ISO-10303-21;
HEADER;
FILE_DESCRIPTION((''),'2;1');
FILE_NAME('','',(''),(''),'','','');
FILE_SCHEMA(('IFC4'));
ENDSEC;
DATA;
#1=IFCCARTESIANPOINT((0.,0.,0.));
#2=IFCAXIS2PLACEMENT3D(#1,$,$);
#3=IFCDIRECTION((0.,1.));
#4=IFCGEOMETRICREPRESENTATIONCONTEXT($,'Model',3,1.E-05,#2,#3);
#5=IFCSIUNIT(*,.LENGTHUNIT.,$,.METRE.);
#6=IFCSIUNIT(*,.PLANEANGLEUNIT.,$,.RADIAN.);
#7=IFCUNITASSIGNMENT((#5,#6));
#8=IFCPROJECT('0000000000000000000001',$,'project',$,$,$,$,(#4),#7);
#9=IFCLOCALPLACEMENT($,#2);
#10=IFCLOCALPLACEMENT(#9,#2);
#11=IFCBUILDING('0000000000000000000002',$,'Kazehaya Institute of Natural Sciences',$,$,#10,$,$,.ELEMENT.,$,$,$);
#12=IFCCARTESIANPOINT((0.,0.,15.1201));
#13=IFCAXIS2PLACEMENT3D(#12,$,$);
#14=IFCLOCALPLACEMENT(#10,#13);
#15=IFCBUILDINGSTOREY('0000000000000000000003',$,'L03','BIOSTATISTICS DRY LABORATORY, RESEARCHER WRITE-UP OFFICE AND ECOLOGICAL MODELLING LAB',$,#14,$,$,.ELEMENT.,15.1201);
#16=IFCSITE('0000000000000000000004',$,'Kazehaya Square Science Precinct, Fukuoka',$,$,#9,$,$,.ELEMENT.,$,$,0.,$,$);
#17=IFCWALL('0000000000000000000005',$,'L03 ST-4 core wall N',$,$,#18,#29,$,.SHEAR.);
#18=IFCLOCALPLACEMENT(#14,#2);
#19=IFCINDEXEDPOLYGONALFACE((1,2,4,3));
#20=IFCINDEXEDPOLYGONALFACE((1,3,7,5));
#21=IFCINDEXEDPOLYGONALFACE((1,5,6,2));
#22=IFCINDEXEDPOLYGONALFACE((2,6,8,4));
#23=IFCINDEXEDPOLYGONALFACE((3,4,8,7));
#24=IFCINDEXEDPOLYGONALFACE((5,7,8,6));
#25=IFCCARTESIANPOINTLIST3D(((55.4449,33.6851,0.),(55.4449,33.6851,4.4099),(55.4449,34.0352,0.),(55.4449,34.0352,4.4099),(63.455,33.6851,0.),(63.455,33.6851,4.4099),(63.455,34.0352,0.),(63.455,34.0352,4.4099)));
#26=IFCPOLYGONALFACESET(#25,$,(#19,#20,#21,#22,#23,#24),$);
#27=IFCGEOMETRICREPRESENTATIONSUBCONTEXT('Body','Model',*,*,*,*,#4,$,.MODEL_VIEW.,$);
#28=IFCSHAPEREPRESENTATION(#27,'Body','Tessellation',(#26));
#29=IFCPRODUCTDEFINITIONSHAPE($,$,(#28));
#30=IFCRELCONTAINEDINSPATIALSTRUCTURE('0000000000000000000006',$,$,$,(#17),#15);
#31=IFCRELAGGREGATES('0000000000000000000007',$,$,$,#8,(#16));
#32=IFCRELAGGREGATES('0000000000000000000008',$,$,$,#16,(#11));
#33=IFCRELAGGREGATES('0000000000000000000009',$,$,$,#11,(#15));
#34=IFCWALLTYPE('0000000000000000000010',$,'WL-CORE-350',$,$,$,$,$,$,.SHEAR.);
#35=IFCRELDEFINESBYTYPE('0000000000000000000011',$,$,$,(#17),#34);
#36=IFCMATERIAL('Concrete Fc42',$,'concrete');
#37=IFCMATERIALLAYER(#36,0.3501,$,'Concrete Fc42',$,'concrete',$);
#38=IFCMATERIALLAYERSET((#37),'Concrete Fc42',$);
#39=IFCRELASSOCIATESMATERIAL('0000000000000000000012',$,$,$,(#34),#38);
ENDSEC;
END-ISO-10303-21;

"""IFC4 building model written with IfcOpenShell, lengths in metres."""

from ifc_helpers import new_model, si_unit, direction, frame, frame_2d, origin, place, context, subcontext, project, spatial, rectangle, extrude, material, layer, layer_set, type_object, element, save


model = new_model("IFC4")

# Units and contexts
model_context = context("Model", 3, precision=1e-05, world=origin(), true_north=direction((0.0, 1.0)))
body_context = subcontext(model_context, "Body", "Model", "MODEL_VIEW")
ifc_project = project(units=[si_unit("LENGTHUNIT", "METRE"), si_unit("PLANEANGLEUNIT", "RADIAN")], contexts=[model_context])

# Site, building, storey
site_placement = place(None, origin())
site = spatial("IfcSite", under=ifc_project, at=site_placement, Name="Kazehaya Square Science Precinct, Fukuoka", CompositionType="ELEMENT", RefElevation=0.0)
building_placement = place(site_placement, origin())
building = spatial("IfcBuilding", under=site, at=building_placement, Name="Kazehaya Institute of Natural Sciences", CompositionType="ELEMENT")
storey_placement = place(building_placement, frame((0.0, 0.0, 15.1201)))
storey = spatial("IfcBuildingStorey", under=building, at=storey_placement, Name="L03", Description="BIOSTATISTICS DRY LABORATORY, RESEARCHER WRITE-UP OFFICE AND ECOLOGICAL MODELLING LAB", CompositionType="ELEMENT", Elevation=15.1201)

# Shared definitions
ifc_material_1 = material(Name="Concrete Fc42", Category="concrete")

# Wall
ifc_layer_1 = layer(ifc_material_1, 0.3501, Name="Concrete Fc42", Category="concrete")
ifc_layer_set_1 = layer_set([ifc_layer_1], Name="Concrete Fc42")
wall_type = type_object("IfcWallType", Name="WL-CORE-350", PredefinedType="SHEAR", material=ifc_layer_set_1)
wall_placement = place(storey_placement, frame((55.4451, 33.8601, 0.0), z_axis=(0.0, 0.0, 1.0), x_axis=(1.0, 0.0, 0.0)))
element("IfcWall", 1, at=wall_placement, inside=storey, type_object=wall_type, Name="L03 ST-4 core wall N", PredefinedType="SHEAR", context=body_context, shape_type="SweptSolid", body=[
    extrude(rectangle(XDim=8.01, YDim=0.3501, at=frame_2d((4.0049, 0.0))), origin(), (0.0, 0.0, 1.0), 4.4099),
])

save(model, "model.ifc")
